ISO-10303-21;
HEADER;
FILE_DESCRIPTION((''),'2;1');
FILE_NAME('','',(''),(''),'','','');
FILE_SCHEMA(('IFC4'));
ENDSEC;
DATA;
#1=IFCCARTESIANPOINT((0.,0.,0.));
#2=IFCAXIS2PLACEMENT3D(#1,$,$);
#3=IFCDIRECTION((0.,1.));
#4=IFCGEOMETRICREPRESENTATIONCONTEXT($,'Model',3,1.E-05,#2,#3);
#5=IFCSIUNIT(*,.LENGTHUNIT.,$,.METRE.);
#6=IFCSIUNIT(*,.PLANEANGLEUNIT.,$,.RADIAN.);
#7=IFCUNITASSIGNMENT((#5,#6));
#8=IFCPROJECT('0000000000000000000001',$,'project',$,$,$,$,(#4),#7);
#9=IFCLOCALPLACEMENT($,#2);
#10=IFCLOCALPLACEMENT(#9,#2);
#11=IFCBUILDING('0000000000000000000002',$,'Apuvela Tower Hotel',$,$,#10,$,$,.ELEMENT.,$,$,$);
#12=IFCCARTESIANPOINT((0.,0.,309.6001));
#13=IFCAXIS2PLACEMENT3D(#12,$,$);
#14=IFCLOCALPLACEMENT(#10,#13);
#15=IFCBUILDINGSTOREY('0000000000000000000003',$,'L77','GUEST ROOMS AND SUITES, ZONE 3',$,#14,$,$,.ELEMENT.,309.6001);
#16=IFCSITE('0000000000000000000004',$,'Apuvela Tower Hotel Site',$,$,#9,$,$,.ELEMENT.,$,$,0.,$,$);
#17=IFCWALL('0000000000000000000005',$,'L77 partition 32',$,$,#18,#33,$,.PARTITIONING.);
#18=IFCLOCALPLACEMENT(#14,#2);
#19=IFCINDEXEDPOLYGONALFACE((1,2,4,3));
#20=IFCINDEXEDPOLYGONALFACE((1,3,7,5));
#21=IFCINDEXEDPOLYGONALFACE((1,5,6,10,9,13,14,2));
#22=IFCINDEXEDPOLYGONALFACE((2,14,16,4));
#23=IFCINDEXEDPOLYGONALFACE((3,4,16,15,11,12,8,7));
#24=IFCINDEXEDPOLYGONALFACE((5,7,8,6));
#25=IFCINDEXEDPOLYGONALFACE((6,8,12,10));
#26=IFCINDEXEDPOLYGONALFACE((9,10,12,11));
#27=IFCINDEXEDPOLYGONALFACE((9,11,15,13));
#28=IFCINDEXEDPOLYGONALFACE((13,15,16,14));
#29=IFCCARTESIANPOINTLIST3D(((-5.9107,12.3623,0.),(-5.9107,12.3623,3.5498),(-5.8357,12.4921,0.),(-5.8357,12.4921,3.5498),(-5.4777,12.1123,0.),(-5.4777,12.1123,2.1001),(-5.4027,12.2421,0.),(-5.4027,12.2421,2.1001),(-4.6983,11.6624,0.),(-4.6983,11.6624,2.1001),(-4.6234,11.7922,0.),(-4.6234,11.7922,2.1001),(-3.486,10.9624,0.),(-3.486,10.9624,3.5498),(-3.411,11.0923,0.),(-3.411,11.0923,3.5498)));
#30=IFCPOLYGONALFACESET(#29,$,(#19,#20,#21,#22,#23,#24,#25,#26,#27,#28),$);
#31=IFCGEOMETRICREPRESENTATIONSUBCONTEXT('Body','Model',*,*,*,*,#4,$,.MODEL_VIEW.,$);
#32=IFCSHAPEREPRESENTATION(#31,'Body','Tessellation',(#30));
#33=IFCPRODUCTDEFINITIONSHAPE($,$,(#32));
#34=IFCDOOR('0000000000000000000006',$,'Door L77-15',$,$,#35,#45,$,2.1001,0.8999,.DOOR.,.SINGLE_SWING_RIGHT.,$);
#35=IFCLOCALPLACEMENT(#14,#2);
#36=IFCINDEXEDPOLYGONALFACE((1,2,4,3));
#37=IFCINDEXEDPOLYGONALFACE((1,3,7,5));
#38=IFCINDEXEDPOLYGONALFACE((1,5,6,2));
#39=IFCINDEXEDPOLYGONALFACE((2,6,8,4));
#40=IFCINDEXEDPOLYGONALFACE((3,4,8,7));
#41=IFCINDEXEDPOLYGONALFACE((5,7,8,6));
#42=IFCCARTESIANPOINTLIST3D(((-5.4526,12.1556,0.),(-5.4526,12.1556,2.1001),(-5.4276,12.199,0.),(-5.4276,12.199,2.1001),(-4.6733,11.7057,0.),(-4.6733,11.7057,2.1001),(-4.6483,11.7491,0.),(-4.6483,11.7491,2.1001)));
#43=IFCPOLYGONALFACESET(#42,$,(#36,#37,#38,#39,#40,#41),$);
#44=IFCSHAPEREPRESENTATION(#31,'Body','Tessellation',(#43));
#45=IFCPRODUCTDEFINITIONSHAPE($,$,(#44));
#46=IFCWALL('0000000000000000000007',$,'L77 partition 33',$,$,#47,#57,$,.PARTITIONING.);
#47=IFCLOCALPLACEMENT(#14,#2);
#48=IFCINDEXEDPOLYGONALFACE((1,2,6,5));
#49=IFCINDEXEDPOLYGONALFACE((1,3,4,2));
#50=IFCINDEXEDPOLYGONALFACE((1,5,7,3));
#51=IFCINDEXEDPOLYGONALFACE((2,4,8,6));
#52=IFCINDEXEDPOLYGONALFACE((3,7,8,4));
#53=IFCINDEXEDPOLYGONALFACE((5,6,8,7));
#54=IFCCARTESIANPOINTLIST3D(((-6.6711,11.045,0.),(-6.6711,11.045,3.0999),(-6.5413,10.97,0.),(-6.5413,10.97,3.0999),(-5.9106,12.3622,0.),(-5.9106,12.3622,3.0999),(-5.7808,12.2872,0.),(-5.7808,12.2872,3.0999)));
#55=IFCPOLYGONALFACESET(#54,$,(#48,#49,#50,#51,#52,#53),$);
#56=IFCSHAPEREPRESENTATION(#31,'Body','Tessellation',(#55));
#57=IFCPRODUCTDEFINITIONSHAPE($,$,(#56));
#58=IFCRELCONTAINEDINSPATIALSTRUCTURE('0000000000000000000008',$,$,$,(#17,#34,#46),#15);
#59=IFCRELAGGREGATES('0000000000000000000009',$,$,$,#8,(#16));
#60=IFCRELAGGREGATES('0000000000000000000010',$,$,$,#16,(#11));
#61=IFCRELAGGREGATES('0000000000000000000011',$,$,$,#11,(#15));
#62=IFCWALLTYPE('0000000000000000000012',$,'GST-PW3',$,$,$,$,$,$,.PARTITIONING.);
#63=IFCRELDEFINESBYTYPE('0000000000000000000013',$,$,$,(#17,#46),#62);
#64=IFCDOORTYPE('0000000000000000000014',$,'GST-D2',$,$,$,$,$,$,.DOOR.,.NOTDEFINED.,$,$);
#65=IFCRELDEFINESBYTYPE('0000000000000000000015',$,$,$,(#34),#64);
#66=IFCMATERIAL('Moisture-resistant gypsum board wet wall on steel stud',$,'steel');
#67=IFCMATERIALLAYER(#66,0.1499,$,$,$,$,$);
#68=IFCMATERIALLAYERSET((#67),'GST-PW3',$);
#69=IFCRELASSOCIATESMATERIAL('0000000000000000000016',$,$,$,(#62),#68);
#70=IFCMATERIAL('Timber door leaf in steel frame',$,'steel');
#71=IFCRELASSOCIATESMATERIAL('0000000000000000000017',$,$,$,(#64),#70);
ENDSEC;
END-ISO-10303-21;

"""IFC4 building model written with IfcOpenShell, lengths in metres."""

from ifc_helpers import new_model, si_unit, direction, frame, frame_2d, origin, place, context, subcontext, project, spatial, rectangle, extrude, material, layer, layer_set, type_object, element, fill, save


model = new_model("IFC4")

# Units and contexts
model_context = context("Model", 3, precision=1e-05, world=origin(), true_north=direction((0.0, 1.0)))
body_context = subcontext(model_context, "Body", "Model", "MODEL_VIEW")
ifc_project = project(units=[si_unit("LENGTHUNIT", "METRE"), si_unit("PLANEANGLEUNIT", "RADIAN")], contexts=[model_context])

# Site, building, storey
site_placement = place(None, origin())
site = spatial("IfcSite", under=ifc_project, at=site_placement, Name="Apuvela Tower Hotel Site", CompositionType="ELEMENT", RefElevation=0.0)
building_placement = place(site_placement, origin())
building = spatial("IfcBuilding", under=site, at=building_placement, Name="Apuvela Tower Hotel", CompositionType="ELEMENT")
storey_placement = place(building_placement, frame((0.0, 0.0, 309.6001)))
storey = spatial("IfcBuildingStorey", under=building, at=storey_placement, Name="L77", Description="GUEST ROOMS AND SUITES, ZONE 3", CompositionType="ELEMENT", Elevation=309.6001)

# Wall, opening, door
ifc_material_1 = material(Name="Moisture-resistant gypsum board wet wall on steel stud", Category="steel")
ifc_layer_1 = layer(ifc_material_1, 0.1499)
ifc_layer_set_1 = layer_set([ifc_layer_1], Name="GST-PW3")
wall_type_1 = type_object("IfcWallType", Name="GST-PW3", PredefinedType="PARTITIONING", material=ifc_layer_set_1)
wall_1_placement = place(storey_placement, frame((-3.4485, 11.0273, 0.0), z_axis=(0.0, 0.0, 1.0), x_axis=(-0.866035, 0.499984, 0.0)))
wall_1 = element("IfcWall", 1, at=wall_1_placement, inside=storey, type_object=wall_type_1, Name="L77 partition 32", PredefinedType="PARTITIONING", context=body_context, shape_type="SweptSolid", body=[
    extrude(rectangle(XDim=2.7998, YDim=0.1499, at=frame_2d((1.3999, 0.0))), origin(), (0.0, 0.0, 1.0), 3.5498),
])
opening_1_placement = place(wall_1_placement, frame((1.3999, 0.0, 0.0)))
opening_1 = element("IfcOpeningElement", 2, at=opening_1_placement, cuts=wall_1, PredefinedType="OPENING", context=body_context, shape_type="SweptSolid", body=[
    extrude(rectangle(XDim=0.8999, YDim=2.1001, at=frame_2d((0.45, 1.05))), frame((0.0, 0.085, 0.0), z_axis=(0.0, -1.0, 0.0), x_axis=(1.0, 0.0, 0.0)), (0.0, 0.0, 1.0), 0.1699),
])
ifc_material_2 = material(Name="Timber door leaf in steel frame", Category="steel")
door_type_1 = type_object("IfcDoorType", Name="GST-D2", OperationType="NOTDEFINED", PredefinedType="DOOR", material=ifc_material_2)
door_1_placement = place(opening_1_placement, origin())
door_1 = element("IfcDoor", 3, at=door_1_placement, inside=storey, type_object=door_type_1, Name="Door L77-15", OperationType="SINGLE_SWING_RIGHT", OverallHeight=2.1001, OverallWidth=0.8999, PredefinedType="DOOR", context=body_context, shape_type="SweptSolid", body=[
    extrude(rectangle(XDim=0.8999, YDim=2.1001, at=frame_2d((0.45, 1.05))), frame((0.0, 0.0249, 0.0), z_axis=(0.0, -1.0, 0.0), x_axis=(1.0, 0.0, 0.0)), (0.0, 0.0, 1.0), 0.05),
])
fill(opening_1, door_1)

# Wall
wall_2_placement = place(storey_placement, frame((-5.8457, 12.3247, 0.0), z_axis=(0.0, 0.0, 1.0), x_axis=(-0.500024, -0.866012, 0.0)))
element("IfcWall", 4, at=wall_2_placement, inside=storey, type_object=wall_type_1, Name="L77 partition 33", PredefinedType="PARTITIONING", context=body_context, shape_type="SweptSolid", body=[
    extrude(rectangle(XDim=1.521, YDim=0.1499, at=frame_2d((0.7605, 0.0))), origin(), (0.0, 0.0, 1.0), 3.0999),
])

save(model, "model.ifc")
